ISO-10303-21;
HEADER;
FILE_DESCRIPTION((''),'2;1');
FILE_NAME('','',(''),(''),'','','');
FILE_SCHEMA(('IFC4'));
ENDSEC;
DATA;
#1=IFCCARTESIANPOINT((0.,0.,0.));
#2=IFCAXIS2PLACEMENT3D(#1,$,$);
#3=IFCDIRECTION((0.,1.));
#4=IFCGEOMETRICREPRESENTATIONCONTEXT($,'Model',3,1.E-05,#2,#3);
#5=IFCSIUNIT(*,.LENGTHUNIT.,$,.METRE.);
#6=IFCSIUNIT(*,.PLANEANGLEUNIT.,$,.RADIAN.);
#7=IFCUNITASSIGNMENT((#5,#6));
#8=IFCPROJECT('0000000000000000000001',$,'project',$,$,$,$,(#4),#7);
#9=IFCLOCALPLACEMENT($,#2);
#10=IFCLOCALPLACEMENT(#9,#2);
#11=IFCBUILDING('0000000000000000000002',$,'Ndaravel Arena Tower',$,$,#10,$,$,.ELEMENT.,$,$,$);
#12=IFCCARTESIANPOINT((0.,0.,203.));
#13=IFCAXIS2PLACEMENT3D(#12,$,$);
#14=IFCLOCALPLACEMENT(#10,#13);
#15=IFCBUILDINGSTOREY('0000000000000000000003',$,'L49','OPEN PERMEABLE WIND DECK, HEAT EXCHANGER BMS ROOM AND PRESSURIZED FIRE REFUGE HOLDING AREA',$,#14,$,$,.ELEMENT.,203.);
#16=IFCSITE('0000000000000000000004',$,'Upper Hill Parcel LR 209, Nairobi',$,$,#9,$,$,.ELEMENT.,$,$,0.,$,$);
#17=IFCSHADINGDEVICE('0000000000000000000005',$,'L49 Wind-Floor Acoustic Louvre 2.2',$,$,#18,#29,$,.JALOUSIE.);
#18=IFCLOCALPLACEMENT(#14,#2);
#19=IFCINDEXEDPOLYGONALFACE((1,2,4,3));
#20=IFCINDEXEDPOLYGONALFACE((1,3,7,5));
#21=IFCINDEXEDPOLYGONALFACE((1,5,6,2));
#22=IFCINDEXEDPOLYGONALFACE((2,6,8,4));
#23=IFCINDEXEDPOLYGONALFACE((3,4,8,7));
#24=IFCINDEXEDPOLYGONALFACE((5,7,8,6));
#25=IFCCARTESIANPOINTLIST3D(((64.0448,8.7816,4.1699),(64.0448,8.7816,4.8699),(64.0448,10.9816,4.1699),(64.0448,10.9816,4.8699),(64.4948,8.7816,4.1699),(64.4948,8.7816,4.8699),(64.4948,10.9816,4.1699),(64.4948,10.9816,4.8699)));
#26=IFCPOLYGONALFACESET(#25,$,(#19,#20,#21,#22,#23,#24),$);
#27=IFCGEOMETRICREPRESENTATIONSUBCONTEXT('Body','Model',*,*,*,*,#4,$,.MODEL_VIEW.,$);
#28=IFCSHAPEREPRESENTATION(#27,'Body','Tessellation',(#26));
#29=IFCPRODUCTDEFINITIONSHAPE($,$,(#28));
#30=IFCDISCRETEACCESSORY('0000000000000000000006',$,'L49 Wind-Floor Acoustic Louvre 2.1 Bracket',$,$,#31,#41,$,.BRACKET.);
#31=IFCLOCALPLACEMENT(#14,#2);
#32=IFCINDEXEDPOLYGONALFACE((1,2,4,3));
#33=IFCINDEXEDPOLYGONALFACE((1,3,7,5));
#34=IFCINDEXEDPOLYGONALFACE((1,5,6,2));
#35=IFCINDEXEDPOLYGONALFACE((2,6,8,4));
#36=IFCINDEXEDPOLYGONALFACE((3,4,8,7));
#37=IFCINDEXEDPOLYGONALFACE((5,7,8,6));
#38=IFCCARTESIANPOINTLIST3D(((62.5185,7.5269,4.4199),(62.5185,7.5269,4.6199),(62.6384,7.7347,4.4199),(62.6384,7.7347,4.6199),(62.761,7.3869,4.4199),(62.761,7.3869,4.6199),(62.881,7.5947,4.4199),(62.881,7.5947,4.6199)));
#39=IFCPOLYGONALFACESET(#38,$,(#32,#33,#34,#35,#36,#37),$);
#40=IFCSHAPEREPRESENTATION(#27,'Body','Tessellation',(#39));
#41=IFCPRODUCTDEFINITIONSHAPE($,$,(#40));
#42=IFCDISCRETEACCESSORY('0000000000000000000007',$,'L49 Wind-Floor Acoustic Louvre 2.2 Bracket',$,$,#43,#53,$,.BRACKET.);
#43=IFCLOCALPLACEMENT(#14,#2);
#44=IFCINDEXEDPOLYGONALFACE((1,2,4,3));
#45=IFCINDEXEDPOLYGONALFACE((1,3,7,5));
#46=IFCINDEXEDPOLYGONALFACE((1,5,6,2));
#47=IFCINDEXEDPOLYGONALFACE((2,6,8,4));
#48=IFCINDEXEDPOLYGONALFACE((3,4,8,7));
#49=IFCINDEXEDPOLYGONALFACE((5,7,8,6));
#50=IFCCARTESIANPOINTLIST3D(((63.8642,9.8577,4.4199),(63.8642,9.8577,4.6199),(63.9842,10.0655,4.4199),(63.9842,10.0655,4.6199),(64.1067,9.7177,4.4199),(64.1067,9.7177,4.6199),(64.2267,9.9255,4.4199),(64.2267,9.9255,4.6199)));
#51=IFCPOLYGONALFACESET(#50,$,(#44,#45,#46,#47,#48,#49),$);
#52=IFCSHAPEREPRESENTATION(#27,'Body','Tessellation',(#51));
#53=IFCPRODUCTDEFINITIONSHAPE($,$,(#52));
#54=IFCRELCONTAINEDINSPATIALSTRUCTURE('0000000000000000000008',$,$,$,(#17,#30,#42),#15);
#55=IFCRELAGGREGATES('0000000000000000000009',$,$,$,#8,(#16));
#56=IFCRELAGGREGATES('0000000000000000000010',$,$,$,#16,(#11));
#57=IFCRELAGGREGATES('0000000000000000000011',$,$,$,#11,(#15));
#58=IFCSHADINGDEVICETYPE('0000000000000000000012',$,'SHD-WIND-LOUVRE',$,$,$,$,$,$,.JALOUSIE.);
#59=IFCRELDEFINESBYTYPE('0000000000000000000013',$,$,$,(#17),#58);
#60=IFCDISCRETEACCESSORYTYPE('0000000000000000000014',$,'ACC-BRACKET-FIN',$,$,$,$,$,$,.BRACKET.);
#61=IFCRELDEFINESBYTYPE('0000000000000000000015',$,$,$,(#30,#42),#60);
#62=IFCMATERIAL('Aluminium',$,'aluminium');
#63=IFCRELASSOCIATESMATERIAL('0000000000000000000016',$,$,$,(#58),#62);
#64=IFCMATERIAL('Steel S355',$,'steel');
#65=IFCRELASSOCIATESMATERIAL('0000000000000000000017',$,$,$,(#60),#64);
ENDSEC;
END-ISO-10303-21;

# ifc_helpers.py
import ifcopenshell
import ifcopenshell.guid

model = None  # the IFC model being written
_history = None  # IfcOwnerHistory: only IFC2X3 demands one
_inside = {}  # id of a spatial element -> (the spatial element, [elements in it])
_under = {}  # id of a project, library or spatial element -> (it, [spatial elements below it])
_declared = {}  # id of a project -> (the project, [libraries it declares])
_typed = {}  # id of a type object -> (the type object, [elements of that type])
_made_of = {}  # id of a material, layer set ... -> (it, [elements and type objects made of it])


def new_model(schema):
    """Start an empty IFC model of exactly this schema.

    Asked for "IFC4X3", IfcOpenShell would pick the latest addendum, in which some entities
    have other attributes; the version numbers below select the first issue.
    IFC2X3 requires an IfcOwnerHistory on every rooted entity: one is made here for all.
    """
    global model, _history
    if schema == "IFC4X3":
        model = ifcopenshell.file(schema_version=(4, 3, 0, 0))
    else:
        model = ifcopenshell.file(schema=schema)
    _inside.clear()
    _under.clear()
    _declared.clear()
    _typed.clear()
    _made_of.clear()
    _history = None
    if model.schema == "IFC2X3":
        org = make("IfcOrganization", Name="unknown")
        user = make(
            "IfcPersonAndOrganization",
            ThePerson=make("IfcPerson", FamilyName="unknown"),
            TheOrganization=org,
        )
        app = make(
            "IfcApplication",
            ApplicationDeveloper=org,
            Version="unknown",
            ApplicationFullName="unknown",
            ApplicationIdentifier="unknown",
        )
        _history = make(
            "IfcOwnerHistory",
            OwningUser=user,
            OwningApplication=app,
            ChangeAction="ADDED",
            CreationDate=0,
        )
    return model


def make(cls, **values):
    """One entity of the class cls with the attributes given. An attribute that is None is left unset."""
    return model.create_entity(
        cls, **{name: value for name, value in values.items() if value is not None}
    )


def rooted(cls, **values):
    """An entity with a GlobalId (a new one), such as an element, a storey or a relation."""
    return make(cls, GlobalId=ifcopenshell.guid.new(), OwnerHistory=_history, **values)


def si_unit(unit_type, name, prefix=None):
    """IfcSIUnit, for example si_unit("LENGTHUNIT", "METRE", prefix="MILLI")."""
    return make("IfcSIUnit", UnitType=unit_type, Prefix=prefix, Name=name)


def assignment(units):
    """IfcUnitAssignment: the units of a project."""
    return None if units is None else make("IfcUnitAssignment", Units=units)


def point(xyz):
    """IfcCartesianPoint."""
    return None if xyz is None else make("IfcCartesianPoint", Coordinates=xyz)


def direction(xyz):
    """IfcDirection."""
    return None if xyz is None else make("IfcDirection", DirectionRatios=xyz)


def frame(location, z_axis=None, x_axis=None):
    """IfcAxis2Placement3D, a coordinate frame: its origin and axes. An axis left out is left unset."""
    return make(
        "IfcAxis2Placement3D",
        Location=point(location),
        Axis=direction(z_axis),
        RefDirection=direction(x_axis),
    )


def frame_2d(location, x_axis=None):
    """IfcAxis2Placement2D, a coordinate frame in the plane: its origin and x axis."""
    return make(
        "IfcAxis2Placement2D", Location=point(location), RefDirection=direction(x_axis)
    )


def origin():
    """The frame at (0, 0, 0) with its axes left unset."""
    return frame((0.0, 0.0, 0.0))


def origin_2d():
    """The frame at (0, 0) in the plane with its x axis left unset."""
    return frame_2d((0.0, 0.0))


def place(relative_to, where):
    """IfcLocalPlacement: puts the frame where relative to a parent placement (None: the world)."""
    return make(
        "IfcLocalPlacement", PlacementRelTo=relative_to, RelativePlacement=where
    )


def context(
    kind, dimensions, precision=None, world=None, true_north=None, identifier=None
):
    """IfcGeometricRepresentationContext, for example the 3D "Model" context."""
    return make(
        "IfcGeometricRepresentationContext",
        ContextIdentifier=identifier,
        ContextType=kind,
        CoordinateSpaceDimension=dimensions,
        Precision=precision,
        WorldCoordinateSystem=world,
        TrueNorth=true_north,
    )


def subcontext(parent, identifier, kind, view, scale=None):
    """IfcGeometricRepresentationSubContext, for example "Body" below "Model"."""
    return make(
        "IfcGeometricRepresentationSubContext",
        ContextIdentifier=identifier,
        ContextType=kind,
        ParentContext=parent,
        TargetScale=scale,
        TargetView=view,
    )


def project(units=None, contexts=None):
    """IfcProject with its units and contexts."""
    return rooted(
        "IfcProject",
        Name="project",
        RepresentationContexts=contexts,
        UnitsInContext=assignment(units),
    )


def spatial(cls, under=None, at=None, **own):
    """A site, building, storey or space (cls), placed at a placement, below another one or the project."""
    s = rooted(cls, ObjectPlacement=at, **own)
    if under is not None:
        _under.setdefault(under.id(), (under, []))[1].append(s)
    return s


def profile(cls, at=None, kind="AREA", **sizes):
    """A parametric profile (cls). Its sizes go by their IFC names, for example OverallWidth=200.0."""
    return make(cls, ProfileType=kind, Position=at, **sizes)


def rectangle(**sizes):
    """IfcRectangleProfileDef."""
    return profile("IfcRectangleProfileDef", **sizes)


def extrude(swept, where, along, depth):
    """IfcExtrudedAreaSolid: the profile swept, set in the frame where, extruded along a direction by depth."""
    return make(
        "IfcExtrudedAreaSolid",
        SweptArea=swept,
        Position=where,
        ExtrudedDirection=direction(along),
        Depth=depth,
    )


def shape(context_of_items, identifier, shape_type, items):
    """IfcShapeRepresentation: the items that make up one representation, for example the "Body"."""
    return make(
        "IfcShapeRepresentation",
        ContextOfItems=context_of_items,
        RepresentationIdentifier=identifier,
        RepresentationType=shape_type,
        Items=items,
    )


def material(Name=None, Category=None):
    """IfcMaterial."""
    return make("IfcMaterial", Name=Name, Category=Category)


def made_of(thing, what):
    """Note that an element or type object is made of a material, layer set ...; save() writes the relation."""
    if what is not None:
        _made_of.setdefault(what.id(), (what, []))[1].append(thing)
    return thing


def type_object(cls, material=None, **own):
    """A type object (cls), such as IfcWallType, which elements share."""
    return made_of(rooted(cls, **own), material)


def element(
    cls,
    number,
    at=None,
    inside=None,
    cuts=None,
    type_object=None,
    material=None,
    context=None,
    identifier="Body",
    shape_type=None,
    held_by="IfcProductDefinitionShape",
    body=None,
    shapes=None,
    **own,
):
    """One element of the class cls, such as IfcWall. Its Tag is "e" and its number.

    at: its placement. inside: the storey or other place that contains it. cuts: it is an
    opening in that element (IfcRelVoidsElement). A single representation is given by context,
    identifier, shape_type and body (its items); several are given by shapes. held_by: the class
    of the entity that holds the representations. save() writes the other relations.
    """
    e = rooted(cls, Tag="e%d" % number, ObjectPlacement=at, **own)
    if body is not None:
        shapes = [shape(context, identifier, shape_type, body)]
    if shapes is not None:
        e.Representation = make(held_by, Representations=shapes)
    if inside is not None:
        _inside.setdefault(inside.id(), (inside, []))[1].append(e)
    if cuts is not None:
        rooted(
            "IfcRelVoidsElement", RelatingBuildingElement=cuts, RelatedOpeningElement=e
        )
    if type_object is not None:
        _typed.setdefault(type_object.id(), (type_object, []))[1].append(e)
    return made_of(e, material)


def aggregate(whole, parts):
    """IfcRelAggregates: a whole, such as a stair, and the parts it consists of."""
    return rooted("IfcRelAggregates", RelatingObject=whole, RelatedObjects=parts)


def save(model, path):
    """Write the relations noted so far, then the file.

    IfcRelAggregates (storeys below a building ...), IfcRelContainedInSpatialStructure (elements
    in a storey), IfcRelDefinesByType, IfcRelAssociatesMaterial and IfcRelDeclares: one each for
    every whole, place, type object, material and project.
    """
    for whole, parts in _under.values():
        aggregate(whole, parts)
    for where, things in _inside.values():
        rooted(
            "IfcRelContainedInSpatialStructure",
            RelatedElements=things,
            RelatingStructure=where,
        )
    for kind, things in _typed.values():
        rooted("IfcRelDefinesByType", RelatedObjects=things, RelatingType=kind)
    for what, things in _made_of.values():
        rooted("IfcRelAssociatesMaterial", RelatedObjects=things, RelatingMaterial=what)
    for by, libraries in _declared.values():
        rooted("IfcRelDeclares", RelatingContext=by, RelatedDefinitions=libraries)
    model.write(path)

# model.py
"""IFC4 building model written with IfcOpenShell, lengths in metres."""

from ifc_helpers import new_model, si_unit, direction, frame, origin, origin_2d, place, context, subcontext, project, spatial, rectangle, extrude, material, type_object, element, save


model = new_model("IFC4")

# Units and contexts
model_context = context("Model", 3, precision=1e-05, world=origin(), true_north=direction((0.0, 1.0)))
body_context = subcontext(model_context, "Body", "Model", "MODEL_VIEW")
ifc_project = project(units=[si_unit("LENGTHUNIT", "METRE"), si_unit("PLANEANGLEUNIT", "RADIAN")], contexts=[model_context])

# Site, building, storey
site_placement = place(None, origin())
site = spatial("IfcSite", under=ifc_project, at=site_placement, Name="Upper Hill Parcel LR 209, Nairobi", CompositionType="ELEMENT", RefElevation=0.0)
building_placement = place(site_placement, origin())
building = spatial("IfcBuilding", under=site, at=building_placement, Name="Ndaravel Arena Tower", CompositionType="ELEMENT")
storey_placement = place(building_placement, frame((0.0, 0.0, 203.0)))
storey = spatial("IfcBuildingStorey", under=building, at=storey_placement, Name="L49", Description="OPEN PERMEABLE WIND DECK, HEAT EXCHANGER BMS ROOM AND PRESSURIZED FIRE REFUGE HOLDING AREA", CompositionType="ELEMENT", Elevation=203.0)

# Shading device
ifc_material_1 = material(Name="Aluminium", Category="aluminium")
shading_device_type = type_object("IfcShadingDeviceType", Name="SHD-WIND-LOUVRE", PredefinedType="JALOUSIE", material=ifc_material_1)
for number, where, z_axis, x_axis, name in (
    (1, (64.2698, 9.8816, 4.1699), (0.0, 0.0, 1.0), (1.0, 0.0, 0.0), "L49 Wind-Floor Acoustic Louvre 2.2"),
):
    element("IfcShadingDevice", number, at=place(storey_placement, frame(where, z_axis=z_axis, x_axis=x_axis)), inside=storey, type_object=shading_device_type, Name=name, PredefinedType="JALOUSIE", context=body_context, shape_type="SweptSolid", body=[
        extrude(rectangle(XDim=0.45, YDim=2.2, at=origin_2d()), origin(), (0.0, 0.0, 1.0), 0.7),
    ])

# Discrete accessories
ifc_material_2 = material(Name="Steel S355", Category="steel")
discrete_accessory_type = type_object("IfcDiscreteAccessoryType", Name="ACC-BRACKET-FIN", PredefinedType="BRACKET", material=ifc_material_2)
for number, where, z_axis, x_axis, name in (
    (2, (62.6997, 7.5608, 4.4199), (0.0, 0.0, 1.0), (0.866025, -0.5, 0.0), "L49 Wind-Floor Acoustic Louvre 2.1 Bracket"),
    (3, (64.0454, 9.8916, 4.4199), (0.0, 0.0, 1.0), (0.866025, -0.5, 0.0), "L49 Wind-Floor Acoustic Louvre 2.2 Bracket"),
):
    element("IfcDiscreteAccessory", number, at=place(storey_placement, frame(where, z_axis=z_axis, x_axis=x_axis)), inside=storey, type_object=discrete_accessory_type, Name=name, PredefinedType="BRACKET", context=body_context, shape_type="SweptSolid", body=[
        extrude(rectangle(XDim=0.28, YDim=0.24, at=origin_2d()), origin(), (0.0, 0.0, 1.0), 0.2),
    ])

save(model, "model.ifc")
